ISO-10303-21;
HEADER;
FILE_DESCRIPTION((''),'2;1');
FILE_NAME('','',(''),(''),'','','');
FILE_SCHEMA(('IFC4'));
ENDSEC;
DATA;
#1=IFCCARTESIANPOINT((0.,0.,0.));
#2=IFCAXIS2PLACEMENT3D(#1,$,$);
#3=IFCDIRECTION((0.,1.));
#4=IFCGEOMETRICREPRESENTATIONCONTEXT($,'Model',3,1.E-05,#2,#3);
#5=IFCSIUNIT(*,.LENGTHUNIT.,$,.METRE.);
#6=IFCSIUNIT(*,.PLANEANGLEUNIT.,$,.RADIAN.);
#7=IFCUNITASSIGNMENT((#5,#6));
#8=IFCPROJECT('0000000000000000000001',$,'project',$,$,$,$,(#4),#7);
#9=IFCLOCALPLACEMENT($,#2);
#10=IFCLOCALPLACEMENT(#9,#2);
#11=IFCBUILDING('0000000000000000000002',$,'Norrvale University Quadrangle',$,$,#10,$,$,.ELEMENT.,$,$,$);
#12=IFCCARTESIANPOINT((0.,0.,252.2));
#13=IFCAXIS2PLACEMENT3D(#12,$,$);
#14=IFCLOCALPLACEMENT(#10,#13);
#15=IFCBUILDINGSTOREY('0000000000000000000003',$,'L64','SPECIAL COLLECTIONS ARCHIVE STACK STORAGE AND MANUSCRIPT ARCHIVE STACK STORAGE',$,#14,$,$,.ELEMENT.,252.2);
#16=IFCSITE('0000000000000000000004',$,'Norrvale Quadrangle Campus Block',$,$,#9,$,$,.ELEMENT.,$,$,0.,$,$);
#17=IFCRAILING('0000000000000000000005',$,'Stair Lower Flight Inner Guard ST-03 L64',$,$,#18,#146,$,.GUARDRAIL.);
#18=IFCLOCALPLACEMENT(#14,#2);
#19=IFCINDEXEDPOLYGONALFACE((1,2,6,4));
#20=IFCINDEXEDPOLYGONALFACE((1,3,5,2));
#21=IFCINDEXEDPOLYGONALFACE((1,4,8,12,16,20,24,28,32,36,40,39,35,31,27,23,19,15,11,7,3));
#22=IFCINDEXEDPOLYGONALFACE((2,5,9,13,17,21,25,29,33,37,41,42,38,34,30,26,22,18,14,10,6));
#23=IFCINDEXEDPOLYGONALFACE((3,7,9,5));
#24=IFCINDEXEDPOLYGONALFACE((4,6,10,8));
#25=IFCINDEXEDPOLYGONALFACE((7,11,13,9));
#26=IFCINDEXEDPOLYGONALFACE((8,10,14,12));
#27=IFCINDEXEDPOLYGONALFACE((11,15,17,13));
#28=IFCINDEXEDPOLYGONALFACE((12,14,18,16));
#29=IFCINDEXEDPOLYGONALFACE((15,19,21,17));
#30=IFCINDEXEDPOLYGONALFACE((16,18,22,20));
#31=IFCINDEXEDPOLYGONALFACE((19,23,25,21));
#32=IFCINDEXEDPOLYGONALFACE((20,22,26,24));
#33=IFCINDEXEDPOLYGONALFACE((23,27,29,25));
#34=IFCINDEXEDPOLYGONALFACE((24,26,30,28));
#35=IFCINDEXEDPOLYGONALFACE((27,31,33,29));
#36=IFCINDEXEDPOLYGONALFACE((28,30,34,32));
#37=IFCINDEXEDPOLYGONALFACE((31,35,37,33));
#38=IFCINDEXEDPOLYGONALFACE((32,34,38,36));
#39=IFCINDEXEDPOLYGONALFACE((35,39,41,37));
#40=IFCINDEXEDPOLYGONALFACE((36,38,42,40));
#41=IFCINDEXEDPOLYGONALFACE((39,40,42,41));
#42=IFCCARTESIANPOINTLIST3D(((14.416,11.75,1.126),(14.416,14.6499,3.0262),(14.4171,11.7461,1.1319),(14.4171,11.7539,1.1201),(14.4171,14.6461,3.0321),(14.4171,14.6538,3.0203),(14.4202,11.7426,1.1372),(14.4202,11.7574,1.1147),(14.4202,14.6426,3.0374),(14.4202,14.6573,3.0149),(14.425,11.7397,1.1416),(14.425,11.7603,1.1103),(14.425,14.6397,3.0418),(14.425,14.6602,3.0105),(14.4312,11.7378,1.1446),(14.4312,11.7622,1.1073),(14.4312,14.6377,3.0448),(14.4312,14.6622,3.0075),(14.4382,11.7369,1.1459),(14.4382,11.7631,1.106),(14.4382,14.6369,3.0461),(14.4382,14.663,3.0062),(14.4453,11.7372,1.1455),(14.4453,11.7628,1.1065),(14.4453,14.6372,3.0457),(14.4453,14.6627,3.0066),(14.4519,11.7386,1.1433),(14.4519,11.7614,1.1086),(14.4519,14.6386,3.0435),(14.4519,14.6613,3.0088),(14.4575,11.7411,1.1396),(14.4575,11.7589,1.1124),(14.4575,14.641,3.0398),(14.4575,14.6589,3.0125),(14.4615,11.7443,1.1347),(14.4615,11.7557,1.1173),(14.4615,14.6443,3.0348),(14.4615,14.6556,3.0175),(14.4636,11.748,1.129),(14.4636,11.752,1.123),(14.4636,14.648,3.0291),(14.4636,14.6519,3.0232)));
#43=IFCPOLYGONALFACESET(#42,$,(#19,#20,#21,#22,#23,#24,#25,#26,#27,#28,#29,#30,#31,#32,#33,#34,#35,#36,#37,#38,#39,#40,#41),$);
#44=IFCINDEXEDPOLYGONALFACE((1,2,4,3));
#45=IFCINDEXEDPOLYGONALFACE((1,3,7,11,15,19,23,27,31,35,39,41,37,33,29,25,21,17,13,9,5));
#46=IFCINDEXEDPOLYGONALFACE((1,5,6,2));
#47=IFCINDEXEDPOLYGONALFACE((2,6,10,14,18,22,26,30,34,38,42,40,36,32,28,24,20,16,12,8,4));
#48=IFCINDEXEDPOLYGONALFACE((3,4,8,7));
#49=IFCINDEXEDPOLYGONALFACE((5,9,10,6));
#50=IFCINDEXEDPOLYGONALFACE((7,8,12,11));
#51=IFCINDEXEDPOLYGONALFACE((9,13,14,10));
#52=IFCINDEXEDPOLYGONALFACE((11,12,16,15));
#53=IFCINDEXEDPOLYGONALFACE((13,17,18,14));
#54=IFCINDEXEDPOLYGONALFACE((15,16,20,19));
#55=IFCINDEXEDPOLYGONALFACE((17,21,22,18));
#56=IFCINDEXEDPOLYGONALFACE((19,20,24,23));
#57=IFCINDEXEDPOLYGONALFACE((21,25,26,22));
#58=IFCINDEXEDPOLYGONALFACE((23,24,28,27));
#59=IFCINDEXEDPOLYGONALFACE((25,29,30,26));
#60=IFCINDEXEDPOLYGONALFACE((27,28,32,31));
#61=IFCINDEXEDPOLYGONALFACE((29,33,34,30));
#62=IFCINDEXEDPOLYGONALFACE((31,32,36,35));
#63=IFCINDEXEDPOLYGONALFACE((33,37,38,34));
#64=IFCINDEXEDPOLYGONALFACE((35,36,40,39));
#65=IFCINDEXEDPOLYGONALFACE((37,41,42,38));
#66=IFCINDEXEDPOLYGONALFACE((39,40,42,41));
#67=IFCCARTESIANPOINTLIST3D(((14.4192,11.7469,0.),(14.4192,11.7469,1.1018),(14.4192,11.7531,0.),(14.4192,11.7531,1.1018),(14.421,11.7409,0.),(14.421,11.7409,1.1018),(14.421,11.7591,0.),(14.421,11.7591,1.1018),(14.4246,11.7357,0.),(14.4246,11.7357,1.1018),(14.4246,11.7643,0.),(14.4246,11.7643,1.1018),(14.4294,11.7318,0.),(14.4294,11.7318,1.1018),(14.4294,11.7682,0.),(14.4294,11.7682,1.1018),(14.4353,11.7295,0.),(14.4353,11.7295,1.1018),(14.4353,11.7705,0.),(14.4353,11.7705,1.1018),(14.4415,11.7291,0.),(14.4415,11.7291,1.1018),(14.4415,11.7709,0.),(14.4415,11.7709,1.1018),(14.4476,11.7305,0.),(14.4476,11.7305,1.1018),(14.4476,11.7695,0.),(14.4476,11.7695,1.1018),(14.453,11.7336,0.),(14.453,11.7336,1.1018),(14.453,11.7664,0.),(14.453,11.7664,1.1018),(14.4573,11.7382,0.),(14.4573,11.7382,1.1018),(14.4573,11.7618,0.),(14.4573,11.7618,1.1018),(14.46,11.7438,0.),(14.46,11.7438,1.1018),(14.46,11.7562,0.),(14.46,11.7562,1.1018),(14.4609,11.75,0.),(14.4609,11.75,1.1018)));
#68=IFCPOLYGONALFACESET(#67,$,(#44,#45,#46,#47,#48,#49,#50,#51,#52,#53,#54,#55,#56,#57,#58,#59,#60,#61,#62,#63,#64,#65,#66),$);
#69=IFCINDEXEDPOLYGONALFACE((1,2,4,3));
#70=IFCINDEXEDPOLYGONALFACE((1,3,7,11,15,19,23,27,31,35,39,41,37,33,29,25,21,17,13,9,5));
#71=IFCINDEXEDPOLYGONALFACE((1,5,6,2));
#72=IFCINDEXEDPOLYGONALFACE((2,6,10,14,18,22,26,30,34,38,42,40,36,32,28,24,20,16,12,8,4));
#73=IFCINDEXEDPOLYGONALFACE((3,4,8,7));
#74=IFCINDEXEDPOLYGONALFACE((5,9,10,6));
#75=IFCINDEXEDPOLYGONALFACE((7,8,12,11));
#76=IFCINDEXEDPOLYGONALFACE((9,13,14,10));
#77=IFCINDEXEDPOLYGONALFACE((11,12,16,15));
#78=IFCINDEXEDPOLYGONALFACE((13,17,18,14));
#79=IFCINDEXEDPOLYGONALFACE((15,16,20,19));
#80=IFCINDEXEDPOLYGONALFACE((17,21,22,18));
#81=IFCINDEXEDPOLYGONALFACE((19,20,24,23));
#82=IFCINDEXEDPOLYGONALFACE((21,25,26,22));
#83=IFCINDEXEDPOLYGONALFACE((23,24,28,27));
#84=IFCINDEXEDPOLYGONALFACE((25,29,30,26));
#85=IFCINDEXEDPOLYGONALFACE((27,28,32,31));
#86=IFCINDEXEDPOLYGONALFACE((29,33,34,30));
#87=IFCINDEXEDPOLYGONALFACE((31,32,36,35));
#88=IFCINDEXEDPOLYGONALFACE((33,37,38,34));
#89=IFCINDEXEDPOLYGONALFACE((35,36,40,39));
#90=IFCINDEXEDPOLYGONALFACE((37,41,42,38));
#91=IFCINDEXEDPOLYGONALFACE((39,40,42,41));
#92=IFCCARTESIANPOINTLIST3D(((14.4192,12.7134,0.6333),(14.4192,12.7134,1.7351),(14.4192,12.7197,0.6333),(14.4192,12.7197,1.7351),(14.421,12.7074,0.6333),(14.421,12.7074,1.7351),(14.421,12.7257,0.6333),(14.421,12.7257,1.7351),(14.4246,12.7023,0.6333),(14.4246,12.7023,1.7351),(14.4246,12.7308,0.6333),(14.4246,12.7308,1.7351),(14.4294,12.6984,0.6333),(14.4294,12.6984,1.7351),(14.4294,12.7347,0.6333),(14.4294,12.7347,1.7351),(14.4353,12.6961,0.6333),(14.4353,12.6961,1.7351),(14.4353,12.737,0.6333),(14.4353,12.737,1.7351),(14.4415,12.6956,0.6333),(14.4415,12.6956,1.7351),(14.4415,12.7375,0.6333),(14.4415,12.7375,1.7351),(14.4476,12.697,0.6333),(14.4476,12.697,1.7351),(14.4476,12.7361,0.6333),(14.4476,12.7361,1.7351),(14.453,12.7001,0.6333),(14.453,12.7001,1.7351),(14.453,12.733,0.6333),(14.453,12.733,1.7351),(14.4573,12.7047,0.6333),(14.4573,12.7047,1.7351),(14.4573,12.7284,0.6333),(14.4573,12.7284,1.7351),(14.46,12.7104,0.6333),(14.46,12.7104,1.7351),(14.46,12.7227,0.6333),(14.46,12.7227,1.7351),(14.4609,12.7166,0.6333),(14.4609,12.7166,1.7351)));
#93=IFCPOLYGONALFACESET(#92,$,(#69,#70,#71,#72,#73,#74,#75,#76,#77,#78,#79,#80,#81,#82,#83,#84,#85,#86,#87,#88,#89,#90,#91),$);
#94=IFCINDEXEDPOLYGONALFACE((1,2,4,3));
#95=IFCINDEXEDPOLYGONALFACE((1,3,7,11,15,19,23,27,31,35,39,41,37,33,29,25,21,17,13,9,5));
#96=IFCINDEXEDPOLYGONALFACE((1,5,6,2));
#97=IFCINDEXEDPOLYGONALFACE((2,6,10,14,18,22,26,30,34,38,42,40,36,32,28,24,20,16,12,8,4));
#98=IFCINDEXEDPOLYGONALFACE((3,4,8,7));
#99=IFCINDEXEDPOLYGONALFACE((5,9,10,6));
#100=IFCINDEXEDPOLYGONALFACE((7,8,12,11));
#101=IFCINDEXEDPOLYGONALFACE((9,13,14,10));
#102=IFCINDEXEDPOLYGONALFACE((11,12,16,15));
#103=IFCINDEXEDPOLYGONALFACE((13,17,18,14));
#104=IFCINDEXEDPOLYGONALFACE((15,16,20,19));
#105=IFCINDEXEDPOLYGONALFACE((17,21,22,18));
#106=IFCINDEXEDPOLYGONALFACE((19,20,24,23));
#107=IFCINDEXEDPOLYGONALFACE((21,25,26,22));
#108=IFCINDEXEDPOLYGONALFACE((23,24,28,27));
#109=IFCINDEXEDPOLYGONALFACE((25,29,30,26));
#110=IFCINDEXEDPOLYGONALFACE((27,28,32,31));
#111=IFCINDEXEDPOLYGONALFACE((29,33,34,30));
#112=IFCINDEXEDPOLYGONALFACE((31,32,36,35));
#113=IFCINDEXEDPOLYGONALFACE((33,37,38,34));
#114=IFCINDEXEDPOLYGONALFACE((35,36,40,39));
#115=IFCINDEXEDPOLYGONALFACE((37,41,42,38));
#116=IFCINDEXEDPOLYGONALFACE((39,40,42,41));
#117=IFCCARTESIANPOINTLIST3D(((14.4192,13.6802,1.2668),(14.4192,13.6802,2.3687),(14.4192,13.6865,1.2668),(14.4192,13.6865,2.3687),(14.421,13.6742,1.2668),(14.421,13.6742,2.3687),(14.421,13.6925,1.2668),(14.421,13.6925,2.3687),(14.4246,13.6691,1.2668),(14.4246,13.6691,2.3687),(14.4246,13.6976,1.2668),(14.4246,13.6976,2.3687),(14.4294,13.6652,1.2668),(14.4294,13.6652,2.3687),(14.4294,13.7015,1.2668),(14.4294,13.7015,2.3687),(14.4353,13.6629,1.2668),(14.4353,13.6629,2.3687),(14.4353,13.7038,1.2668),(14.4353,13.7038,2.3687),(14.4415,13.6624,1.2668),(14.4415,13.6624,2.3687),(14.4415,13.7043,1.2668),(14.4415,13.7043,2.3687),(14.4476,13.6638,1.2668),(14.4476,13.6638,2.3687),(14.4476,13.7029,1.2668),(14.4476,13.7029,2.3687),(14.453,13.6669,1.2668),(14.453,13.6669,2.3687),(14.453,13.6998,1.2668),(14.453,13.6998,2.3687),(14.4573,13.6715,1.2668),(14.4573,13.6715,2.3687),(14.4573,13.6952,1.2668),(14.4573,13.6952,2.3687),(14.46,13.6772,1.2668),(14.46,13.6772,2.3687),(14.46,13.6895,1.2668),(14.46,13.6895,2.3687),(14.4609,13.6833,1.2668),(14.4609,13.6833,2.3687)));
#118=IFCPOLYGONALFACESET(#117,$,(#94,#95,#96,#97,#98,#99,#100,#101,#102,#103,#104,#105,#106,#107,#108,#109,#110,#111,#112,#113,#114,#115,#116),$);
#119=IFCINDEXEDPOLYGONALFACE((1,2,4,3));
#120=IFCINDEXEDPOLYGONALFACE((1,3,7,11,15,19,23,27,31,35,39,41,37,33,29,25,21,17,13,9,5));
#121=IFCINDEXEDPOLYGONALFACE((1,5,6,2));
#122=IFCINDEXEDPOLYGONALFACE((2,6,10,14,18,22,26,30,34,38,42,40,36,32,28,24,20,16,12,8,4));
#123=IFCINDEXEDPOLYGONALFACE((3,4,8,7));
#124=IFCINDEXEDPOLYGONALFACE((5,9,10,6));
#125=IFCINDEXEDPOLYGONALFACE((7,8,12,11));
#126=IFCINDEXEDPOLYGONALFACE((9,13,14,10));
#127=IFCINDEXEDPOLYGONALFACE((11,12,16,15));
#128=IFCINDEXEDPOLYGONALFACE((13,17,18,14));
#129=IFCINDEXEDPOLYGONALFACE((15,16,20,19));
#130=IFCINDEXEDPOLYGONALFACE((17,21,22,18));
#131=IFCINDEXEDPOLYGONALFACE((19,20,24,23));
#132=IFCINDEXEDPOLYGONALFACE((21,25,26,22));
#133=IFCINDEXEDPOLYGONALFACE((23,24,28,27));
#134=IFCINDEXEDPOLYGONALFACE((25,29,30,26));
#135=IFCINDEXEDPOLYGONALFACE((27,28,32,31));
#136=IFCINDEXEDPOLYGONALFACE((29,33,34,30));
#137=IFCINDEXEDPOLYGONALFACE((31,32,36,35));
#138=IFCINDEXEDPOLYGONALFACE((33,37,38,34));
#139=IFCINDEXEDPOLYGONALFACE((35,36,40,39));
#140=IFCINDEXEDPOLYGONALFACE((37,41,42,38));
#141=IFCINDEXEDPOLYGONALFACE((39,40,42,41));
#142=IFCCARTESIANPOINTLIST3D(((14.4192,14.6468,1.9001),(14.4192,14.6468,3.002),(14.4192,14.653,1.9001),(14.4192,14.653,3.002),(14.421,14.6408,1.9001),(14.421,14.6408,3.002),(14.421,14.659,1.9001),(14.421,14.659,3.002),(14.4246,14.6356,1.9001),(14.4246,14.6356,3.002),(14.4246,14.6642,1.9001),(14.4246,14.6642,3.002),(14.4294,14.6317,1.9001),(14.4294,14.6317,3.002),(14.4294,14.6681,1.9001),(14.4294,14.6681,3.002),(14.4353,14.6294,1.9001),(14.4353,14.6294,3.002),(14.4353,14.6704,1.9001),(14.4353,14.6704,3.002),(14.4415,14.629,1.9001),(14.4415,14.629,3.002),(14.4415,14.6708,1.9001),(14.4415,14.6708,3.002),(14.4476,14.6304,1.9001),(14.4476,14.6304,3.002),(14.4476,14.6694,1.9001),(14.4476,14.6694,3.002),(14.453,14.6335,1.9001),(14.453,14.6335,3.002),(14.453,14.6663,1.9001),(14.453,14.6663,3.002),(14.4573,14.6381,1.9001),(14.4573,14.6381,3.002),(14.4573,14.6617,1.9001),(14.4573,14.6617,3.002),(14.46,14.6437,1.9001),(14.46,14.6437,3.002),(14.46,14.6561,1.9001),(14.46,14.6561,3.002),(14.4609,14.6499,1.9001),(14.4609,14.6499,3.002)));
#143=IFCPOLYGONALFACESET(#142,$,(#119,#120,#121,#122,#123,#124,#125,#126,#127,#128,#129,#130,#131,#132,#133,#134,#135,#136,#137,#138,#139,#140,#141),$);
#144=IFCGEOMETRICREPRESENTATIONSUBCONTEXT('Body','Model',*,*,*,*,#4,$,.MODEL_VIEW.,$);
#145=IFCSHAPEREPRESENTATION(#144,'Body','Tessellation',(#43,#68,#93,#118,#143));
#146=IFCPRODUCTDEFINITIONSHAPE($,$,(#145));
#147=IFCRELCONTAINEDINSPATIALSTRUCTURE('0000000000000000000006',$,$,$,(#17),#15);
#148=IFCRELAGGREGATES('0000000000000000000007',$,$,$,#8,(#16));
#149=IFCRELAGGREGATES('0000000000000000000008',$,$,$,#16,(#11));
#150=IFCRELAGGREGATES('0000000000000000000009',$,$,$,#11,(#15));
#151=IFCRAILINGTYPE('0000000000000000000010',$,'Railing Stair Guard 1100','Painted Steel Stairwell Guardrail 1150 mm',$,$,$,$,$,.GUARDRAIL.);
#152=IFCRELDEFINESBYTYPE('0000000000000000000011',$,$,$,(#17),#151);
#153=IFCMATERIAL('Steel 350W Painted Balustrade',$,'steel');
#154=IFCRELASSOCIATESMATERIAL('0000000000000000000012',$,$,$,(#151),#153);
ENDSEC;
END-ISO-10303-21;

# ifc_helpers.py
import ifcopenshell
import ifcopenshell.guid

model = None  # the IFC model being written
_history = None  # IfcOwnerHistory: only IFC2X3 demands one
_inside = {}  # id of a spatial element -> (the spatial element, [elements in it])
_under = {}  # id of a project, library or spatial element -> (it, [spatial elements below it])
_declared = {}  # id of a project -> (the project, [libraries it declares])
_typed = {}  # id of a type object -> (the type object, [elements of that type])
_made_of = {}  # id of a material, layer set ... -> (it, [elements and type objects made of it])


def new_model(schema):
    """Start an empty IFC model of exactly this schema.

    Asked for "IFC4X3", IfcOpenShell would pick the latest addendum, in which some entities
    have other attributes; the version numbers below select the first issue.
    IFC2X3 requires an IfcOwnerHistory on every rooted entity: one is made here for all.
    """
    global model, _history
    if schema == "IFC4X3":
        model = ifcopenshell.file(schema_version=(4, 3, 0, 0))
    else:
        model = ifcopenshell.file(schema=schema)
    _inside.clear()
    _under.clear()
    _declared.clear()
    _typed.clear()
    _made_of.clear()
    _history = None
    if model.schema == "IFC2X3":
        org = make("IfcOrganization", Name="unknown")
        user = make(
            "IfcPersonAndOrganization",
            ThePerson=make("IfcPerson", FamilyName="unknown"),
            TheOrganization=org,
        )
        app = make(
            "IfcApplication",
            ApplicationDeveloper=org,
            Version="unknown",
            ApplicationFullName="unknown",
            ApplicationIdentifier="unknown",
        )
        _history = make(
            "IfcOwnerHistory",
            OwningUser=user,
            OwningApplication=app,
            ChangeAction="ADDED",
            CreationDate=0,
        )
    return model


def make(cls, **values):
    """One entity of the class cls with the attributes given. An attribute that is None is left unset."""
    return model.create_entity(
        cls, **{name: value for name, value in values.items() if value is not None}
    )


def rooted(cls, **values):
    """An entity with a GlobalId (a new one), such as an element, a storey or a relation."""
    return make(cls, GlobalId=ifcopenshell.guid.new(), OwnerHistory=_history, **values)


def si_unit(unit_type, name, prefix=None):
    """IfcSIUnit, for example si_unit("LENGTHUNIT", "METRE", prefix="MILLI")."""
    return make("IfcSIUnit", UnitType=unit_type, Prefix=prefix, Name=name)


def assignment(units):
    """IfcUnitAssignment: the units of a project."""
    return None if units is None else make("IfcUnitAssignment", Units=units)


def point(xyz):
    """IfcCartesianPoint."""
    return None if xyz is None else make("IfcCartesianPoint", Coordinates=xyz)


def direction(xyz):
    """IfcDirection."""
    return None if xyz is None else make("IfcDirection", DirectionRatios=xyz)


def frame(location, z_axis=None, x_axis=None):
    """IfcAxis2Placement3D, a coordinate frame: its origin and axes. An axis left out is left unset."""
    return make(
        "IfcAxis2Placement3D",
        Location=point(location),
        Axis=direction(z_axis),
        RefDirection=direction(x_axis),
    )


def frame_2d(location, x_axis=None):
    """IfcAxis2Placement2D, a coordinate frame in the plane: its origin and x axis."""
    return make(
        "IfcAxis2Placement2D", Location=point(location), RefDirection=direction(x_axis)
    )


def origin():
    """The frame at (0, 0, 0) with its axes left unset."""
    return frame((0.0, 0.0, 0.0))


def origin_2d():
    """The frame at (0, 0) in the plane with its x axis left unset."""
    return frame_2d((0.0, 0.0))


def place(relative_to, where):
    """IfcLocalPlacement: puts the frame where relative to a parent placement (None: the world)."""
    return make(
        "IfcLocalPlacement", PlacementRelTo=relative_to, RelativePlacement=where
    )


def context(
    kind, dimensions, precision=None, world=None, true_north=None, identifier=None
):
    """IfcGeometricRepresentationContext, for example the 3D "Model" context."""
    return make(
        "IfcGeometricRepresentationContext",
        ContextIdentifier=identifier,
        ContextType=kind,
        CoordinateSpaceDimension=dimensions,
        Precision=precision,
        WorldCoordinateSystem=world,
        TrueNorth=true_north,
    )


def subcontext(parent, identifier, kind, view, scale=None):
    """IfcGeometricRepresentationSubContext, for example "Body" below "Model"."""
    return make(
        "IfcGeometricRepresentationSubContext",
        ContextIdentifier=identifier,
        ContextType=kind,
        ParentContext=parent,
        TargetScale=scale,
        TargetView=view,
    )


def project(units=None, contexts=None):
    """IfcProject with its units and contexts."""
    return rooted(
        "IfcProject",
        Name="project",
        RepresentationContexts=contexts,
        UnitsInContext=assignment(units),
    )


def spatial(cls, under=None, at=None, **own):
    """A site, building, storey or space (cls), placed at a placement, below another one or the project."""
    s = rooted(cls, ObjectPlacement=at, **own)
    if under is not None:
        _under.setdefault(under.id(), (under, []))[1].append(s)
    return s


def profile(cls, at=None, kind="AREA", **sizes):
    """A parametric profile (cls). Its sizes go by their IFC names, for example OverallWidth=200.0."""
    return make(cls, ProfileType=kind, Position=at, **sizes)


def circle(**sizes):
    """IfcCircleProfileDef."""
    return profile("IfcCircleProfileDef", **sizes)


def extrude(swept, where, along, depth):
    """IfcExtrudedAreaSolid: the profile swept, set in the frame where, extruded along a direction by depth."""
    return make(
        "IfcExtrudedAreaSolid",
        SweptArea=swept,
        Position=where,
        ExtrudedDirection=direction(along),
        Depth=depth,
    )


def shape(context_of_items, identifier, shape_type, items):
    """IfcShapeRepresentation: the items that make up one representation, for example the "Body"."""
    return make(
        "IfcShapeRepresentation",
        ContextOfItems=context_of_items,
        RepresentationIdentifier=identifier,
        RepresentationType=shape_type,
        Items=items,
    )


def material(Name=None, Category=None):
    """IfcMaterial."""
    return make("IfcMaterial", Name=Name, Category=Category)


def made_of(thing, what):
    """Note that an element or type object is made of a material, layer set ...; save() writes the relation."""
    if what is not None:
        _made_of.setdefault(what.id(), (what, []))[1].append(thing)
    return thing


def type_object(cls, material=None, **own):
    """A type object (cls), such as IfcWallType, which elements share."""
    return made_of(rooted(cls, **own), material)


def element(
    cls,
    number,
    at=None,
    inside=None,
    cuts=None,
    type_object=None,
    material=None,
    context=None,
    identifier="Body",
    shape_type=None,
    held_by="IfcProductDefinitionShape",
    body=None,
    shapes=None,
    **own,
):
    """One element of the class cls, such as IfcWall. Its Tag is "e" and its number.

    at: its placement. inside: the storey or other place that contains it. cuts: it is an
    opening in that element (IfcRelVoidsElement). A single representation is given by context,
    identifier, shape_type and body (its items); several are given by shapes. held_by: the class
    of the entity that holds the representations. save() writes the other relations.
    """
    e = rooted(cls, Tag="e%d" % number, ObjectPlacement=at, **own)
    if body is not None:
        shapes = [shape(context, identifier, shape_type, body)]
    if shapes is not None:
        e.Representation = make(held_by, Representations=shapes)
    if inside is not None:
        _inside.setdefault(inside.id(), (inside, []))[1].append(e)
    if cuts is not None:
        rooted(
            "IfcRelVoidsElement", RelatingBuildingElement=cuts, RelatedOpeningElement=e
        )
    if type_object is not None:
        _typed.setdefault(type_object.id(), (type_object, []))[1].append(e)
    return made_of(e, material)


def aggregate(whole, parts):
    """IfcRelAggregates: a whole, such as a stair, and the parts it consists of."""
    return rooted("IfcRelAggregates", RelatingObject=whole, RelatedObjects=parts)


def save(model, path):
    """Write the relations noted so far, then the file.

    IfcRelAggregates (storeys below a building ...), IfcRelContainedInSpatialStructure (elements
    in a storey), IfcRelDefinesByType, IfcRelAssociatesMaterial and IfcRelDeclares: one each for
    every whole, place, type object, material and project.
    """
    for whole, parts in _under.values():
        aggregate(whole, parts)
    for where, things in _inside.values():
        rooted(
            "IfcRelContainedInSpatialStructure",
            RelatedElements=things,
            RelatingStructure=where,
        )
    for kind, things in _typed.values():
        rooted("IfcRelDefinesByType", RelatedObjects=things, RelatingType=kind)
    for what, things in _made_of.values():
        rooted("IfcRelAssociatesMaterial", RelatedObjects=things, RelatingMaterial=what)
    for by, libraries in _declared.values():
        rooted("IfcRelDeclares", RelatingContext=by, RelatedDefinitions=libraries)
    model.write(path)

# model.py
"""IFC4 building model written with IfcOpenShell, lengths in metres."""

from ifc_helpers import new_model, si_unit, direction, frame, origin, origin_2d, place, context, subcontext, project, spatial, circle, extrude, material, type_object, element, save


model = new_model("IFC4")

# Units and contexts
model_context = context("Model", 3, precision=1e-05, world=origin(), true_north=direction((0.0, 1.0)))
body_context = subcontext(model_context, "Body", "Model", "MODEL_VIEW")
ifc_project = project(units=[si_unit("LENGTHUNIT", "METRE"), si_unit("PLANEANGLEUNIT", "RADIAN")], contexts=[model_context])

# Site, building, storey
site_placement = place(None, origin())
site = spatial("IfcSite", under=ifc_project, at=site_placement, Name="Norrvale Quadrangle Campus Block", CompositionType="ELEMENT", RefElevation=0.0)
building_placement = place(site_placement, origin())
building = spatial("IfcBuilding", under=site, at=building_placement, Name="Norrvale University Quadrangle", CompositionType="ELEMENT")
storey_placement = place(building_placement, frame((0.0, 0.0, 252.2)))
storey = spatial("IfcBuildingStorey", under=building, at=storey_placement, Name="L64", Description="SPECIAL COLLECTIONS ARCHIVE STACK STORAGE AND MANUSCRIPT ARCHIVE STACK STORAGE", CompositionType="ELEMENT", Elevation=252.2)

# Railing
ifc_material_1 = material(Name="Steel 350W Painted Balustrade", Category="steel")
railing_type_1 = type_object("IfcRailingType", Name="Railing Stair Guard 1100", Description="Painted Steel Stairwell Guardrail 1150 mm", PredefinedType="GUARDRAIL", material=ifc_material_1)
railing_1_placement = place(storey_placement, frame((14.4399, 11.75, 0.0)))
element("IfcRailing", 1, at=railing_1_placement, inside=storey, type_object=railing_type_1, Name="Stair Lower Flight Inner Guard ST-03 L64", PredefinedType="GUARDRAIL", context=body_context, shape_type="SweptSolid", body=[
    extrude(circle(Radius=0.0239, at=origin_2d()), frame((0.0, 0.0, 1.126), z_axis=(0.0, 0.836433, 0.548069), x_axis=(-1.0, 0.0, 0.0)), (0.0, 0.0, 1.0), 3.467),
    extrude(circle(Radius=0.021, at=origin_2d()), origin(), (0.0, 0.0, 1.0), 1.1018),
    extrude(circle(Radius=0.021, at=origin_2d()), frame((0.0, 0.9666, 0.6333)), (0.0, 0.0, 1.0), 1.1018),
    extrude(circle(Radius=0.021, at=origin_2d()), frame((0.0, 1.9333, 1.2668)), (0.0, 0.0, 1.0), 1.1018),
    extrude(circle(Radius=0.021, at=origin_2d()), frame((0.0, 2.8999, 1.9001)), (0.0, 0.0, 1.0), 1.1018),
])

save(model, "model.ifc")
